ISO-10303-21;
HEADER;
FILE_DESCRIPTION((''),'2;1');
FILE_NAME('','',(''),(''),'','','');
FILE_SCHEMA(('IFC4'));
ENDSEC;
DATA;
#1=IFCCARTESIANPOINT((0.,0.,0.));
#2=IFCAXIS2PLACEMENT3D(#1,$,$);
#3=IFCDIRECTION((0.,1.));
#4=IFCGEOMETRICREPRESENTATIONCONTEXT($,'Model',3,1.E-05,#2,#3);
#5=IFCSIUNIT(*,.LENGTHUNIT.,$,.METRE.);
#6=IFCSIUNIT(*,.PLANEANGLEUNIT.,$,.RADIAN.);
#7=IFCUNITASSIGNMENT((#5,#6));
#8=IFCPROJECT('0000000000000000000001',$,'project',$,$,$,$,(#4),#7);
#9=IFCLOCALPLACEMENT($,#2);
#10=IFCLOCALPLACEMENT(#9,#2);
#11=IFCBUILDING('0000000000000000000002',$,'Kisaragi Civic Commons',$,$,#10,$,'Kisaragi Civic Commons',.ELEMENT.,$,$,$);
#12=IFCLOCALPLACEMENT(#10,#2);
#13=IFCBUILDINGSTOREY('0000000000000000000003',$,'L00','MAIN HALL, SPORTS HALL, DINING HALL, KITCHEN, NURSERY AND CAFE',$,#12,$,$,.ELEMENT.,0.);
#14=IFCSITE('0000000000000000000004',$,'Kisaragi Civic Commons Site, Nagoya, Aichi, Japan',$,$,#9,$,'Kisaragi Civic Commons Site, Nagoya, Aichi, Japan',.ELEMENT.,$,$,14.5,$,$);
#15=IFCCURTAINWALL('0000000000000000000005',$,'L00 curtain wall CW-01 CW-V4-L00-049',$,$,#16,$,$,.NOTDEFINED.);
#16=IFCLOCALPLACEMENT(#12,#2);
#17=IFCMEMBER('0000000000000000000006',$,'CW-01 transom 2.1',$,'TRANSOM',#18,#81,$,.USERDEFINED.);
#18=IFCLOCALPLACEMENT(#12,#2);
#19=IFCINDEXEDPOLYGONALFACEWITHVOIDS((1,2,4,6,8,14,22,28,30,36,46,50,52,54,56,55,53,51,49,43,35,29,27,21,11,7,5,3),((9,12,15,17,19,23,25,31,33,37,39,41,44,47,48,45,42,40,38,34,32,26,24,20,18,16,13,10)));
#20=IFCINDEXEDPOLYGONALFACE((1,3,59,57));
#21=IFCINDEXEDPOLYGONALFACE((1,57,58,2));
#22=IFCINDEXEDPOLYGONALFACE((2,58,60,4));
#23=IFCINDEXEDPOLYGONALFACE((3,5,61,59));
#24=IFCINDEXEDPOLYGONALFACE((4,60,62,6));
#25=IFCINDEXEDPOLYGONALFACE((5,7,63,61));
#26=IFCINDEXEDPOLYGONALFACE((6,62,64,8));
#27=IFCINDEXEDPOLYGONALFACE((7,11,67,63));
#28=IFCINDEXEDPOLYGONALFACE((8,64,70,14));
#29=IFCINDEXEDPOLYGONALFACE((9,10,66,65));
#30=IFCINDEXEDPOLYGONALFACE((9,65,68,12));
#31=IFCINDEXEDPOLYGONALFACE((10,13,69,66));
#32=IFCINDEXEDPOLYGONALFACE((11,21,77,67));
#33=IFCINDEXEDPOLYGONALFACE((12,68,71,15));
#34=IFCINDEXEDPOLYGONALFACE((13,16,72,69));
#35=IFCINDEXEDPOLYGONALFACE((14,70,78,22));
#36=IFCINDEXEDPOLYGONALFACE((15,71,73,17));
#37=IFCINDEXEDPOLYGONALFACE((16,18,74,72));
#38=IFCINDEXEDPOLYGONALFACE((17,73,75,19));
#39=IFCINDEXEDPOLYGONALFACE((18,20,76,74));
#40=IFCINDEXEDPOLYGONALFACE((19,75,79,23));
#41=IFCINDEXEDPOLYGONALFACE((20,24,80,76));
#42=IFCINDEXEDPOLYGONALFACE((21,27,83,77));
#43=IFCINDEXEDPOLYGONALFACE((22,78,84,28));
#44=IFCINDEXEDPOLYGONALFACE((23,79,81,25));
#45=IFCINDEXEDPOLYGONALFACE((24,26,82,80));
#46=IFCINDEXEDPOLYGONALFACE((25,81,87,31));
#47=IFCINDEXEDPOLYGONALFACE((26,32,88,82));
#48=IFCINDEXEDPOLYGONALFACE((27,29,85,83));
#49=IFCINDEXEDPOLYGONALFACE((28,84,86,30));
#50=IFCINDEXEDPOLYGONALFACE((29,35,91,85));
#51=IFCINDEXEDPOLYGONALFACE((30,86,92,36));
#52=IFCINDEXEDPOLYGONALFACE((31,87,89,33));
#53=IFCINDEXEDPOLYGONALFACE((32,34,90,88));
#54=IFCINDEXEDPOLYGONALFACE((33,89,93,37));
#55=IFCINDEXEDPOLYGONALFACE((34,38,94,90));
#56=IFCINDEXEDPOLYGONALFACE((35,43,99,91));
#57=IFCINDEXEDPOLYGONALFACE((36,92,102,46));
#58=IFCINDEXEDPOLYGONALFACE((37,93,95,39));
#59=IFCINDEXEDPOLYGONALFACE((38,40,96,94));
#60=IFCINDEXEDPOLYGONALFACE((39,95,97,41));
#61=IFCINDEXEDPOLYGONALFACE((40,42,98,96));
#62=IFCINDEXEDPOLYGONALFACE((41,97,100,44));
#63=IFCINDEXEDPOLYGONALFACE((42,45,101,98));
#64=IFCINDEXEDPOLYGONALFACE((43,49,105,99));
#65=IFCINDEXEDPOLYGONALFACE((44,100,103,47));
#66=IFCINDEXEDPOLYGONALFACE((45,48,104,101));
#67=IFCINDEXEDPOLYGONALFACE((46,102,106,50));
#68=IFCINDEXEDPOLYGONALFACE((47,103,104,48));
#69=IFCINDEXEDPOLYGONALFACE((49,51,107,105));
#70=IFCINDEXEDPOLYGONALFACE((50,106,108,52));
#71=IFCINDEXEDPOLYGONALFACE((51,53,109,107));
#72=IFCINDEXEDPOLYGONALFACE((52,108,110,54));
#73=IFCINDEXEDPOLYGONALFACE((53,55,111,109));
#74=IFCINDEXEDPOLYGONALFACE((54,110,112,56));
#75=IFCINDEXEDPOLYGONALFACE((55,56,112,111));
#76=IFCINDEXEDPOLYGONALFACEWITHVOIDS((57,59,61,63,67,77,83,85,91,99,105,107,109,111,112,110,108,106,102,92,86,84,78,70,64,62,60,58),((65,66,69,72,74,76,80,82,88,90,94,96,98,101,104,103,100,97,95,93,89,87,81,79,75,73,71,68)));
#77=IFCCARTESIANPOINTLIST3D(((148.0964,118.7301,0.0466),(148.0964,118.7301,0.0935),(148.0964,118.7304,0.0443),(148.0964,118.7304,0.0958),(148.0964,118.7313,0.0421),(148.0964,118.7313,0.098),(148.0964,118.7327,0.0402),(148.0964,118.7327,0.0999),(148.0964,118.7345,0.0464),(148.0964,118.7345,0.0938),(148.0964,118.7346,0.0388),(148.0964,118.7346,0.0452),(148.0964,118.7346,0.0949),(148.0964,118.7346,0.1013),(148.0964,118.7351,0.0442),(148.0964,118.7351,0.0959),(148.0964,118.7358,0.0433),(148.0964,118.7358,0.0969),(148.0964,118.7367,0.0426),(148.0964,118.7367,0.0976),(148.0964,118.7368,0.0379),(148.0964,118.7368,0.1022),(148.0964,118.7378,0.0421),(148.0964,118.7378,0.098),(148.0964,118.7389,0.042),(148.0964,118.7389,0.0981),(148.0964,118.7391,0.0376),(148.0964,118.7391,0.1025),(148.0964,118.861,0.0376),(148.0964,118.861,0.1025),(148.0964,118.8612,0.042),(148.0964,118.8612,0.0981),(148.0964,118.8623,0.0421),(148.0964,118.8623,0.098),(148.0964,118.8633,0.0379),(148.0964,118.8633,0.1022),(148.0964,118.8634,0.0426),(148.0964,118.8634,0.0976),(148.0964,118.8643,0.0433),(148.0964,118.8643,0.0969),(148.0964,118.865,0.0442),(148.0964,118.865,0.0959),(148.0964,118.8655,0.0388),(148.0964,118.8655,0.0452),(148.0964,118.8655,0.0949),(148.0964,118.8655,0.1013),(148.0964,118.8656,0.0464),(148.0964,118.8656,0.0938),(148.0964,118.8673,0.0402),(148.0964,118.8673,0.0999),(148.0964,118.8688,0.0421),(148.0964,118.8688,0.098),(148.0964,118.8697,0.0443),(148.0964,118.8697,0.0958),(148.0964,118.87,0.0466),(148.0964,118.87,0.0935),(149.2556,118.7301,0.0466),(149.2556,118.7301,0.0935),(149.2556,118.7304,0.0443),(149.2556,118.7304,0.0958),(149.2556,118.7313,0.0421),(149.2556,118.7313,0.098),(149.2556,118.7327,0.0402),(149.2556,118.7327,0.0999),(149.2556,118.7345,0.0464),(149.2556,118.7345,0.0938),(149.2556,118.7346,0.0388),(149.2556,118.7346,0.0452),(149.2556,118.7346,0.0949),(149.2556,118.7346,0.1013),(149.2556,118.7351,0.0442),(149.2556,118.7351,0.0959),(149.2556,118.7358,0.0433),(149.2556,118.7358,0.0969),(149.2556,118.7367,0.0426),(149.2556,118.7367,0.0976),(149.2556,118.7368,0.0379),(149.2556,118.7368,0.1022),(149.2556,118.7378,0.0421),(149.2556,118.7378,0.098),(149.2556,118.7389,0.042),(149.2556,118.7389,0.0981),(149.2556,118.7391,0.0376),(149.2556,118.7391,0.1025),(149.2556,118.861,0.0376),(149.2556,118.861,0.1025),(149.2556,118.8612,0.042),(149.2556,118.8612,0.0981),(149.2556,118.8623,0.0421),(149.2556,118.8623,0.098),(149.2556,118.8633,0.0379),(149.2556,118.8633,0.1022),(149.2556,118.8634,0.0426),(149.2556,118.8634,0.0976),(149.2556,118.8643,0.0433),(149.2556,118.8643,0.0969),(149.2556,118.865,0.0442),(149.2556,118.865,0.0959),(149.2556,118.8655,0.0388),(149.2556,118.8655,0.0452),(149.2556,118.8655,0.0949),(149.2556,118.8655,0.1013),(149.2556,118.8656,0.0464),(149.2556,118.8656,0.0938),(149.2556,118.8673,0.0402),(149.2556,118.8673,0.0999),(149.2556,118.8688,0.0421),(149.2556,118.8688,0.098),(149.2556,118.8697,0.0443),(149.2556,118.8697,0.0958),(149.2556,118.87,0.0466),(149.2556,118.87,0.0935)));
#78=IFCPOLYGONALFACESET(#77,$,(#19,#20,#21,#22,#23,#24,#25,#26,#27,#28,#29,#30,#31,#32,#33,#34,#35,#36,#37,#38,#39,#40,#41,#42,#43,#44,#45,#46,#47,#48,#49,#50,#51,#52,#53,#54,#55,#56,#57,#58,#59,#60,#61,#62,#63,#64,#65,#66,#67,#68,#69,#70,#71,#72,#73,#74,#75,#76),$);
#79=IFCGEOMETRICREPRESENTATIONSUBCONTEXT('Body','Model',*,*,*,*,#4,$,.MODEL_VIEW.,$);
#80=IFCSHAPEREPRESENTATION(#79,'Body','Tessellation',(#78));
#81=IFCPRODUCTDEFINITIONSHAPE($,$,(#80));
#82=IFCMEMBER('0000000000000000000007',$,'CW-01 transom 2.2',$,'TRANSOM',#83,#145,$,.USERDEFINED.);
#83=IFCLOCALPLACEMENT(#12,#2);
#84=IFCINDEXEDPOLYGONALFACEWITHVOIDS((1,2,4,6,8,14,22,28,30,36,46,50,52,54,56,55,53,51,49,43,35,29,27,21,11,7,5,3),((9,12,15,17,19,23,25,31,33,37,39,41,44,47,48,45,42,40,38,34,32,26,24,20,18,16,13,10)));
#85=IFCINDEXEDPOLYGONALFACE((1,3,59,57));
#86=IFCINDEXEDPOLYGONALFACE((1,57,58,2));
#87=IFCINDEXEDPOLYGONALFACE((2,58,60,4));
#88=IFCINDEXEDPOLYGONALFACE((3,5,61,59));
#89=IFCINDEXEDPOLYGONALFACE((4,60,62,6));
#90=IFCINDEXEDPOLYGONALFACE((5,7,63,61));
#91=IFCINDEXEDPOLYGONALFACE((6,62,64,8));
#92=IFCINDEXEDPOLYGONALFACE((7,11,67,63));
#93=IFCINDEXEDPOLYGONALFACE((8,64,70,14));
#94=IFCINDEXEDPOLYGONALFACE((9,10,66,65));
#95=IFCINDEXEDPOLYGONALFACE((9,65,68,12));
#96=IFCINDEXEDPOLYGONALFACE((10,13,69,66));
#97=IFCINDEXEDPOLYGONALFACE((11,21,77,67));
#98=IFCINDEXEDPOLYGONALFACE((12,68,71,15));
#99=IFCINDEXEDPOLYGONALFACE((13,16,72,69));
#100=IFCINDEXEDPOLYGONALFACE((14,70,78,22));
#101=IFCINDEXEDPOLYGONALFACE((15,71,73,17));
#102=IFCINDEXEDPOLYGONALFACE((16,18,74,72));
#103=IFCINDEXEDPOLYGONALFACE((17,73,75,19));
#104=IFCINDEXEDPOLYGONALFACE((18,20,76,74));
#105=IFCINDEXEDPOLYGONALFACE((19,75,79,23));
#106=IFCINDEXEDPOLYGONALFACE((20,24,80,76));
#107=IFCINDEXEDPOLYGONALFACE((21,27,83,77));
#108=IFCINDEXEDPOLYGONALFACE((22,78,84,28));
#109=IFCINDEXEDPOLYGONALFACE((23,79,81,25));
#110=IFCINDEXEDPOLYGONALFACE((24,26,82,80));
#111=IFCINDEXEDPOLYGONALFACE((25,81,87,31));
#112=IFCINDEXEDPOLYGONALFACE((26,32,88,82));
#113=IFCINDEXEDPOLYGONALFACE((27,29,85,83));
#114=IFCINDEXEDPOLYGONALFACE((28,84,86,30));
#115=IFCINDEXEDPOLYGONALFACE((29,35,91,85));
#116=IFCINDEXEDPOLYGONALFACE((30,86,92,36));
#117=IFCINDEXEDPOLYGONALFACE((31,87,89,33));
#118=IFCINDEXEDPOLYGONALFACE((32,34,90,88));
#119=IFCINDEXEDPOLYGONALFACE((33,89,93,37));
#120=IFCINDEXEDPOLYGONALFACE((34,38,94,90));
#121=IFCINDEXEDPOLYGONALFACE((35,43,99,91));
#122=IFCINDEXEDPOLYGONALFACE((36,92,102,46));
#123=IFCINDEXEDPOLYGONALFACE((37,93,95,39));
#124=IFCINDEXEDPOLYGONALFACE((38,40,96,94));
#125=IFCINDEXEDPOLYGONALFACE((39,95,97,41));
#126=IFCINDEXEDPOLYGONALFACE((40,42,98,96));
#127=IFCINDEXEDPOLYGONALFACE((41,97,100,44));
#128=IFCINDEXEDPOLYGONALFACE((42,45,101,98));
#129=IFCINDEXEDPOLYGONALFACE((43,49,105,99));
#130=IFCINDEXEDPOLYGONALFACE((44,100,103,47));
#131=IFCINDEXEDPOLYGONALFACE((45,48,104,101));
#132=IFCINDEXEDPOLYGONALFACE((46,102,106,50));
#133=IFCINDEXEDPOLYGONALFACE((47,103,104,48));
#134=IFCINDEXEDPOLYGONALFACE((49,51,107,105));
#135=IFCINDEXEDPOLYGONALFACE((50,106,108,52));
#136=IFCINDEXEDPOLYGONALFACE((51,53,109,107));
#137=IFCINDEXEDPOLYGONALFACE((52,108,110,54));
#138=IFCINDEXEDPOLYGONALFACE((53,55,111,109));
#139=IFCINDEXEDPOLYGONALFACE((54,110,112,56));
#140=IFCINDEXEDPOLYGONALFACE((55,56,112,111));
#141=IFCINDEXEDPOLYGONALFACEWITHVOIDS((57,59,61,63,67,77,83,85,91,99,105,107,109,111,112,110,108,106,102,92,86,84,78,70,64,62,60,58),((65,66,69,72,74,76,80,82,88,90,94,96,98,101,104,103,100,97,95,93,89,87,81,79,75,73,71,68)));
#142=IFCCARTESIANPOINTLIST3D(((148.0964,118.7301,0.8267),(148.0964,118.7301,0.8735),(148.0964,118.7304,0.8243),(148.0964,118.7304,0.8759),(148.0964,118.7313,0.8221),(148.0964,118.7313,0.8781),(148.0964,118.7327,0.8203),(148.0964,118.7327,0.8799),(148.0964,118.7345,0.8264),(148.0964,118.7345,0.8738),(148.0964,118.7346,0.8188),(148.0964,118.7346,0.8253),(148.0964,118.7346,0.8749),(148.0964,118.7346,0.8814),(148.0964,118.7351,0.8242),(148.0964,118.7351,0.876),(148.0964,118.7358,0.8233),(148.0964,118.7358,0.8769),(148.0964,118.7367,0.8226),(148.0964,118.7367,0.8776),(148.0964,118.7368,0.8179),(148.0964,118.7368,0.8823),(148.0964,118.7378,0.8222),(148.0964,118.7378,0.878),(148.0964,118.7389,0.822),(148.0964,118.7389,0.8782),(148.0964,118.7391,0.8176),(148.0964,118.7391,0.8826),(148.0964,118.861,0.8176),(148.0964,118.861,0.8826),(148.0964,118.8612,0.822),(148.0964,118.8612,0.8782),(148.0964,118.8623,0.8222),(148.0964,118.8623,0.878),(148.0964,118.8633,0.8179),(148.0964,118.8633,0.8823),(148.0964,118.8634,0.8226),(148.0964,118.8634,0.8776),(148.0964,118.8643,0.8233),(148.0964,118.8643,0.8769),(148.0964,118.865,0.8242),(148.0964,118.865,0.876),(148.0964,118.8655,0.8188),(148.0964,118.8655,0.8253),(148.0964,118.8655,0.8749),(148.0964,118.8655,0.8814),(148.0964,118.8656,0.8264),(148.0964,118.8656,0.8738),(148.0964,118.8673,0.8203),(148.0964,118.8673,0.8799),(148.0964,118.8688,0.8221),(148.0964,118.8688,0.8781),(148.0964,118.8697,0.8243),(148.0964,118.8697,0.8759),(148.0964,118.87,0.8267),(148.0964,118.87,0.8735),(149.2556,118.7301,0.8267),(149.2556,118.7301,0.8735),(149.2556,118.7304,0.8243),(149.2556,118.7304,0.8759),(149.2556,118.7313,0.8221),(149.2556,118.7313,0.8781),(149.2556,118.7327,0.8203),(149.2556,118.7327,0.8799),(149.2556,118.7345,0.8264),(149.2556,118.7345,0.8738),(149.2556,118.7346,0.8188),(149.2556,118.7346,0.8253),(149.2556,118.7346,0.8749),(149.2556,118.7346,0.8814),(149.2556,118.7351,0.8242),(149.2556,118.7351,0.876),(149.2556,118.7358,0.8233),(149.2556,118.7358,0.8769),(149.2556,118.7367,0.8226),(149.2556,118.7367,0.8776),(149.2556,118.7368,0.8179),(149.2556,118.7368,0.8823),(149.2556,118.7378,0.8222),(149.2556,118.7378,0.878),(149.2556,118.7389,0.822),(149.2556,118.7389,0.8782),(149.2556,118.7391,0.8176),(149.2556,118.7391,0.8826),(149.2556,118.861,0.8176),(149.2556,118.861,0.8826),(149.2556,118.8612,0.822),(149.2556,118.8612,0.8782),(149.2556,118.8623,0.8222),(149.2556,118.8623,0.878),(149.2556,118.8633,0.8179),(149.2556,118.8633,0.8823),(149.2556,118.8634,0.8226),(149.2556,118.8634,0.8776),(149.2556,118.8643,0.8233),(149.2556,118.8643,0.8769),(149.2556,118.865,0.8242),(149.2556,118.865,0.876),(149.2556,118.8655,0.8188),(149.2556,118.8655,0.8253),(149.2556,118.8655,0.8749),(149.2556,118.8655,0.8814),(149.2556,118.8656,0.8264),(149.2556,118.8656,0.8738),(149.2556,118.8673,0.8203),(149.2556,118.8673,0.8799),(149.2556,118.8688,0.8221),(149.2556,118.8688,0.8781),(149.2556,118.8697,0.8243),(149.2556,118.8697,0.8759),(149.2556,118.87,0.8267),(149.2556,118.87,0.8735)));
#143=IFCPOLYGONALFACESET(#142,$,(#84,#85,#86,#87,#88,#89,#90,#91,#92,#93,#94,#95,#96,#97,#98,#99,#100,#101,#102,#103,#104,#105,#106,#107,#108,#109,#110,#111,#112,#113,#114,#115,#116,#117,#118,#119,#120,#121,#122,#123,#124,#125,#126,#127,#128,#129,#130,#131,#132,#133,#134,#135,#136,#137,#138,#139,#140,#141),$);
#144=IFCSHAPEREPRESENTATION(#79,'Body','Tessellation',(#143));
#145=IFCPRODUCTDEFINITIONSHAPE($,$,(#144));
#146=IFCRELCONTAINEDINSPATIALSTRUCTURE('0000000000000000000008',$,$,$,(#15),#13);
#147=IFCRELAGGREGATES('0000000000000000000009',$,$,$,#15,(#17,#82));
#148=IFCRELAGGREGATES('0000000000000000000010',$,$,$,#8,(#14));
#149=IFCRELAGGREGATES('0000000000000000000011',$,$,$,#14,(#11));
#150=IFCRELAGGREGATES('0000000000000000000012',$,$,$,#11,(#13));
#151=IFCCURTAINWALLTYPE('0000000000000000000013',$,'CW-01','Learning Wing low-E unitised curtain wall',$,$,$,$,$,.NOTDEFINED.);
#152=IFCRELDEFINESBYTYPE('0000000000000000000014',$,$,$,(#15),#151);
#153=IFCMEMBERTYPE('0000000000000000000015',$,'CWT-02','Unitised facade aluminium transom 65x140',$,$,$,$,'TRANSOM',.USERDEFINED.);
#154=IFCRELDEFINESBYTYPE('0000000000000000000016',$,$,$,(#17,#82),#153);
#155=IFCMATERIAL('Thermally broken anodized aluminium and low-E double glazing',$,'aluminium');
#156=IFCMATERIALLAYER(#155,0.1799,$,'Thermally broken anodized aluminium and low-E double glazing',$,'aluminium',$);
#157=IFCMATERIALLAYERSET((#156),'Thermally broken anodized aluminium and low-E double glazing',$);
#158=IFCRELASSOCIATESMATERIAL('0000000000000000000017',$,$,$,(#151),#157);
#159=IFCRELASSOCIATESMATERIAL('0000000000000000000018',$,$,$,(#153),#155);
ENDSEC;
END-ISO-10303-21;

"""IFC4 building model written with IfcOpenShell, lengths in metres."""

from ifc_helpers import new_model, si_unit, direction, frame, origin, origin_2d, place, context, subcontext, project, spatial, hollow_rectangle, extrude, material, layer, layer_set, material_profile, profile_set, type_object, element, aggregate, save


model = new_model("IFC4")

# Units and contexts
model_context = context("Model", 3, precision=1e-05, world=origin(), true_north=direction((0.0, 1.0)))
body_context = subcontext(model_context, "Body", "Model", "MODEL_VIEW")
ifc_project = project(units=[si_unit("LENGTHUNIT", "METRE"), si_unit("PLANEANGLEUNIT", "RADIAN")], contexts=[model_context])

# Site, building, storey
site_placement = place(None, origin())
site = spatial("IfcSite", under=ifc_project, at=site_placement, Name="Kisaragi Civic Commons Site, Nagoya, Aichi, Japan", LongName="Kisaragi Civic Commons Site, Nagoya, Aichi, Japan", CompositionType="ELEMENT", RefElevation=14.5)
building_placement = place(site_placement, origin())
building = spatial("IfcBuilding", under=site, at=building_placement, Name="Kisaragi Civic Commons", LongName="Kisaragi Civic Commons", CompositionType="ELEMENT")
storey_placement = place(building_placement, origin())
storey = spatial("IfcBuildingStorey", under=building, at=storey_placement, Name="L00", Description="MAIN HALL, SPORTS HALL, DINING HALL, KITCHEN, NURSERY AND CAFE", CompositionType="ELEMENT", Elevation=0.0)

# Curtain wall, members
ifc_material_1 = material(Name="Thermally broken anodized aluminium and low-E double glazing", Category="aluminium")
ifc_layer_1 = layer(ifc_material_1, 0.1799, Name="Thermally broken anodized aluminium and low-E double glazing", Category="aluminium")
ifc_layer_set_1 = layer_set([ifc_layer_1], Name="Thermally broken anodized aluminium and low-E double glazing")
curtain_wall_type = type_object("IfcCurtainWallType", Name="CW-01", Description="Learning Wing low-E unitised curtain wall", PredefinedType="NOTDEFINED", material=ifc_layer_set_1)
curtain_wall_placement = place(storey_placement, origin())
curtain_wall = element("IfcCurtainWall", 1, at=curtain_wall_placement, inside=storey, type_object=curtain_wall_type, Name="L00 curtain wall CW-01 CW-V4-L00-049", PredefinedType="NOTDEFINED")
ifc_material_profile_1 = material_profile(ifc_material_1, hollow_rectangle(XDim=0.1399, YDim=0.0649, WallThickness=0.0044, InnerFilletRadius=0.0044, OuterFilletRadius=0.009, at=origin_2d()), Name="CWT-65x140x4.5", Category="aluminium")
ifc_profile_set_1 = profile_set([ifc_material_profile_1], Name="Thermally broken anodized aluminium and low-E double glazing")
member_type_1 = type_object("IfcMemberType", Name="CWT-02", Description="Unitised facade aluminium transom 65x140", ElementType="TRANSOM", PredefinedType="USERDEFINED", material=ifc_profile_set_1)
member_1_placement = place(storey_placement, frame((148.0964, 118.8, 0.0701), z_axis=(1.0, 0.0, 0.0), x_axis=(0.0, 1.0, 0.0)))
member_1 = element("IfcMember", 2, at=member_1_placement, type_object=member_type_1, Name="CW-01 transom 2.1", ObjectType="TRANSOM", PredefinedType="USERDEFINED", context=body_context, shape_type="SweptSolid", body=[
    extrude(hollow_rectangle(XDim=0.1399, YDim=0.0649, WallThickness=0.0044, InnerFilletRadius=0.0044, OuterFilletRadius=0.009, at=origin_2d()), origin(), (0.0, 0.0, 1.0), 1.1592),
])
member_2_placement = place(storey_placement, frame((148.0964, 118.8, 0.8501), z_axis=(1.0, 0.0, 0.0), x_axis=(0.0, 1.0, 0.0)))
member_2 = element("IfcMember", 3, at=member_2_placement, type_object=member_type_1, Name="CW-01 transom 2.2", ObjectType="TRANSOM", PredefinedType="USERDEFINED", context=body_context, shape_type="SweptSolid", body=[
    extrude(hollow_rectangle(XDim=0.1399, YDim=0.0649, WallThickness=0.0044, InnerFilletRadius=0.0044, OuterFilletRadius=0.009, at=origin_2d()), origin(), (0.0, 0.0, 1.0), 1.1592),
])
aggregate(curtain_wall, [member_1, member_2])

save(model, "model.ifc")
